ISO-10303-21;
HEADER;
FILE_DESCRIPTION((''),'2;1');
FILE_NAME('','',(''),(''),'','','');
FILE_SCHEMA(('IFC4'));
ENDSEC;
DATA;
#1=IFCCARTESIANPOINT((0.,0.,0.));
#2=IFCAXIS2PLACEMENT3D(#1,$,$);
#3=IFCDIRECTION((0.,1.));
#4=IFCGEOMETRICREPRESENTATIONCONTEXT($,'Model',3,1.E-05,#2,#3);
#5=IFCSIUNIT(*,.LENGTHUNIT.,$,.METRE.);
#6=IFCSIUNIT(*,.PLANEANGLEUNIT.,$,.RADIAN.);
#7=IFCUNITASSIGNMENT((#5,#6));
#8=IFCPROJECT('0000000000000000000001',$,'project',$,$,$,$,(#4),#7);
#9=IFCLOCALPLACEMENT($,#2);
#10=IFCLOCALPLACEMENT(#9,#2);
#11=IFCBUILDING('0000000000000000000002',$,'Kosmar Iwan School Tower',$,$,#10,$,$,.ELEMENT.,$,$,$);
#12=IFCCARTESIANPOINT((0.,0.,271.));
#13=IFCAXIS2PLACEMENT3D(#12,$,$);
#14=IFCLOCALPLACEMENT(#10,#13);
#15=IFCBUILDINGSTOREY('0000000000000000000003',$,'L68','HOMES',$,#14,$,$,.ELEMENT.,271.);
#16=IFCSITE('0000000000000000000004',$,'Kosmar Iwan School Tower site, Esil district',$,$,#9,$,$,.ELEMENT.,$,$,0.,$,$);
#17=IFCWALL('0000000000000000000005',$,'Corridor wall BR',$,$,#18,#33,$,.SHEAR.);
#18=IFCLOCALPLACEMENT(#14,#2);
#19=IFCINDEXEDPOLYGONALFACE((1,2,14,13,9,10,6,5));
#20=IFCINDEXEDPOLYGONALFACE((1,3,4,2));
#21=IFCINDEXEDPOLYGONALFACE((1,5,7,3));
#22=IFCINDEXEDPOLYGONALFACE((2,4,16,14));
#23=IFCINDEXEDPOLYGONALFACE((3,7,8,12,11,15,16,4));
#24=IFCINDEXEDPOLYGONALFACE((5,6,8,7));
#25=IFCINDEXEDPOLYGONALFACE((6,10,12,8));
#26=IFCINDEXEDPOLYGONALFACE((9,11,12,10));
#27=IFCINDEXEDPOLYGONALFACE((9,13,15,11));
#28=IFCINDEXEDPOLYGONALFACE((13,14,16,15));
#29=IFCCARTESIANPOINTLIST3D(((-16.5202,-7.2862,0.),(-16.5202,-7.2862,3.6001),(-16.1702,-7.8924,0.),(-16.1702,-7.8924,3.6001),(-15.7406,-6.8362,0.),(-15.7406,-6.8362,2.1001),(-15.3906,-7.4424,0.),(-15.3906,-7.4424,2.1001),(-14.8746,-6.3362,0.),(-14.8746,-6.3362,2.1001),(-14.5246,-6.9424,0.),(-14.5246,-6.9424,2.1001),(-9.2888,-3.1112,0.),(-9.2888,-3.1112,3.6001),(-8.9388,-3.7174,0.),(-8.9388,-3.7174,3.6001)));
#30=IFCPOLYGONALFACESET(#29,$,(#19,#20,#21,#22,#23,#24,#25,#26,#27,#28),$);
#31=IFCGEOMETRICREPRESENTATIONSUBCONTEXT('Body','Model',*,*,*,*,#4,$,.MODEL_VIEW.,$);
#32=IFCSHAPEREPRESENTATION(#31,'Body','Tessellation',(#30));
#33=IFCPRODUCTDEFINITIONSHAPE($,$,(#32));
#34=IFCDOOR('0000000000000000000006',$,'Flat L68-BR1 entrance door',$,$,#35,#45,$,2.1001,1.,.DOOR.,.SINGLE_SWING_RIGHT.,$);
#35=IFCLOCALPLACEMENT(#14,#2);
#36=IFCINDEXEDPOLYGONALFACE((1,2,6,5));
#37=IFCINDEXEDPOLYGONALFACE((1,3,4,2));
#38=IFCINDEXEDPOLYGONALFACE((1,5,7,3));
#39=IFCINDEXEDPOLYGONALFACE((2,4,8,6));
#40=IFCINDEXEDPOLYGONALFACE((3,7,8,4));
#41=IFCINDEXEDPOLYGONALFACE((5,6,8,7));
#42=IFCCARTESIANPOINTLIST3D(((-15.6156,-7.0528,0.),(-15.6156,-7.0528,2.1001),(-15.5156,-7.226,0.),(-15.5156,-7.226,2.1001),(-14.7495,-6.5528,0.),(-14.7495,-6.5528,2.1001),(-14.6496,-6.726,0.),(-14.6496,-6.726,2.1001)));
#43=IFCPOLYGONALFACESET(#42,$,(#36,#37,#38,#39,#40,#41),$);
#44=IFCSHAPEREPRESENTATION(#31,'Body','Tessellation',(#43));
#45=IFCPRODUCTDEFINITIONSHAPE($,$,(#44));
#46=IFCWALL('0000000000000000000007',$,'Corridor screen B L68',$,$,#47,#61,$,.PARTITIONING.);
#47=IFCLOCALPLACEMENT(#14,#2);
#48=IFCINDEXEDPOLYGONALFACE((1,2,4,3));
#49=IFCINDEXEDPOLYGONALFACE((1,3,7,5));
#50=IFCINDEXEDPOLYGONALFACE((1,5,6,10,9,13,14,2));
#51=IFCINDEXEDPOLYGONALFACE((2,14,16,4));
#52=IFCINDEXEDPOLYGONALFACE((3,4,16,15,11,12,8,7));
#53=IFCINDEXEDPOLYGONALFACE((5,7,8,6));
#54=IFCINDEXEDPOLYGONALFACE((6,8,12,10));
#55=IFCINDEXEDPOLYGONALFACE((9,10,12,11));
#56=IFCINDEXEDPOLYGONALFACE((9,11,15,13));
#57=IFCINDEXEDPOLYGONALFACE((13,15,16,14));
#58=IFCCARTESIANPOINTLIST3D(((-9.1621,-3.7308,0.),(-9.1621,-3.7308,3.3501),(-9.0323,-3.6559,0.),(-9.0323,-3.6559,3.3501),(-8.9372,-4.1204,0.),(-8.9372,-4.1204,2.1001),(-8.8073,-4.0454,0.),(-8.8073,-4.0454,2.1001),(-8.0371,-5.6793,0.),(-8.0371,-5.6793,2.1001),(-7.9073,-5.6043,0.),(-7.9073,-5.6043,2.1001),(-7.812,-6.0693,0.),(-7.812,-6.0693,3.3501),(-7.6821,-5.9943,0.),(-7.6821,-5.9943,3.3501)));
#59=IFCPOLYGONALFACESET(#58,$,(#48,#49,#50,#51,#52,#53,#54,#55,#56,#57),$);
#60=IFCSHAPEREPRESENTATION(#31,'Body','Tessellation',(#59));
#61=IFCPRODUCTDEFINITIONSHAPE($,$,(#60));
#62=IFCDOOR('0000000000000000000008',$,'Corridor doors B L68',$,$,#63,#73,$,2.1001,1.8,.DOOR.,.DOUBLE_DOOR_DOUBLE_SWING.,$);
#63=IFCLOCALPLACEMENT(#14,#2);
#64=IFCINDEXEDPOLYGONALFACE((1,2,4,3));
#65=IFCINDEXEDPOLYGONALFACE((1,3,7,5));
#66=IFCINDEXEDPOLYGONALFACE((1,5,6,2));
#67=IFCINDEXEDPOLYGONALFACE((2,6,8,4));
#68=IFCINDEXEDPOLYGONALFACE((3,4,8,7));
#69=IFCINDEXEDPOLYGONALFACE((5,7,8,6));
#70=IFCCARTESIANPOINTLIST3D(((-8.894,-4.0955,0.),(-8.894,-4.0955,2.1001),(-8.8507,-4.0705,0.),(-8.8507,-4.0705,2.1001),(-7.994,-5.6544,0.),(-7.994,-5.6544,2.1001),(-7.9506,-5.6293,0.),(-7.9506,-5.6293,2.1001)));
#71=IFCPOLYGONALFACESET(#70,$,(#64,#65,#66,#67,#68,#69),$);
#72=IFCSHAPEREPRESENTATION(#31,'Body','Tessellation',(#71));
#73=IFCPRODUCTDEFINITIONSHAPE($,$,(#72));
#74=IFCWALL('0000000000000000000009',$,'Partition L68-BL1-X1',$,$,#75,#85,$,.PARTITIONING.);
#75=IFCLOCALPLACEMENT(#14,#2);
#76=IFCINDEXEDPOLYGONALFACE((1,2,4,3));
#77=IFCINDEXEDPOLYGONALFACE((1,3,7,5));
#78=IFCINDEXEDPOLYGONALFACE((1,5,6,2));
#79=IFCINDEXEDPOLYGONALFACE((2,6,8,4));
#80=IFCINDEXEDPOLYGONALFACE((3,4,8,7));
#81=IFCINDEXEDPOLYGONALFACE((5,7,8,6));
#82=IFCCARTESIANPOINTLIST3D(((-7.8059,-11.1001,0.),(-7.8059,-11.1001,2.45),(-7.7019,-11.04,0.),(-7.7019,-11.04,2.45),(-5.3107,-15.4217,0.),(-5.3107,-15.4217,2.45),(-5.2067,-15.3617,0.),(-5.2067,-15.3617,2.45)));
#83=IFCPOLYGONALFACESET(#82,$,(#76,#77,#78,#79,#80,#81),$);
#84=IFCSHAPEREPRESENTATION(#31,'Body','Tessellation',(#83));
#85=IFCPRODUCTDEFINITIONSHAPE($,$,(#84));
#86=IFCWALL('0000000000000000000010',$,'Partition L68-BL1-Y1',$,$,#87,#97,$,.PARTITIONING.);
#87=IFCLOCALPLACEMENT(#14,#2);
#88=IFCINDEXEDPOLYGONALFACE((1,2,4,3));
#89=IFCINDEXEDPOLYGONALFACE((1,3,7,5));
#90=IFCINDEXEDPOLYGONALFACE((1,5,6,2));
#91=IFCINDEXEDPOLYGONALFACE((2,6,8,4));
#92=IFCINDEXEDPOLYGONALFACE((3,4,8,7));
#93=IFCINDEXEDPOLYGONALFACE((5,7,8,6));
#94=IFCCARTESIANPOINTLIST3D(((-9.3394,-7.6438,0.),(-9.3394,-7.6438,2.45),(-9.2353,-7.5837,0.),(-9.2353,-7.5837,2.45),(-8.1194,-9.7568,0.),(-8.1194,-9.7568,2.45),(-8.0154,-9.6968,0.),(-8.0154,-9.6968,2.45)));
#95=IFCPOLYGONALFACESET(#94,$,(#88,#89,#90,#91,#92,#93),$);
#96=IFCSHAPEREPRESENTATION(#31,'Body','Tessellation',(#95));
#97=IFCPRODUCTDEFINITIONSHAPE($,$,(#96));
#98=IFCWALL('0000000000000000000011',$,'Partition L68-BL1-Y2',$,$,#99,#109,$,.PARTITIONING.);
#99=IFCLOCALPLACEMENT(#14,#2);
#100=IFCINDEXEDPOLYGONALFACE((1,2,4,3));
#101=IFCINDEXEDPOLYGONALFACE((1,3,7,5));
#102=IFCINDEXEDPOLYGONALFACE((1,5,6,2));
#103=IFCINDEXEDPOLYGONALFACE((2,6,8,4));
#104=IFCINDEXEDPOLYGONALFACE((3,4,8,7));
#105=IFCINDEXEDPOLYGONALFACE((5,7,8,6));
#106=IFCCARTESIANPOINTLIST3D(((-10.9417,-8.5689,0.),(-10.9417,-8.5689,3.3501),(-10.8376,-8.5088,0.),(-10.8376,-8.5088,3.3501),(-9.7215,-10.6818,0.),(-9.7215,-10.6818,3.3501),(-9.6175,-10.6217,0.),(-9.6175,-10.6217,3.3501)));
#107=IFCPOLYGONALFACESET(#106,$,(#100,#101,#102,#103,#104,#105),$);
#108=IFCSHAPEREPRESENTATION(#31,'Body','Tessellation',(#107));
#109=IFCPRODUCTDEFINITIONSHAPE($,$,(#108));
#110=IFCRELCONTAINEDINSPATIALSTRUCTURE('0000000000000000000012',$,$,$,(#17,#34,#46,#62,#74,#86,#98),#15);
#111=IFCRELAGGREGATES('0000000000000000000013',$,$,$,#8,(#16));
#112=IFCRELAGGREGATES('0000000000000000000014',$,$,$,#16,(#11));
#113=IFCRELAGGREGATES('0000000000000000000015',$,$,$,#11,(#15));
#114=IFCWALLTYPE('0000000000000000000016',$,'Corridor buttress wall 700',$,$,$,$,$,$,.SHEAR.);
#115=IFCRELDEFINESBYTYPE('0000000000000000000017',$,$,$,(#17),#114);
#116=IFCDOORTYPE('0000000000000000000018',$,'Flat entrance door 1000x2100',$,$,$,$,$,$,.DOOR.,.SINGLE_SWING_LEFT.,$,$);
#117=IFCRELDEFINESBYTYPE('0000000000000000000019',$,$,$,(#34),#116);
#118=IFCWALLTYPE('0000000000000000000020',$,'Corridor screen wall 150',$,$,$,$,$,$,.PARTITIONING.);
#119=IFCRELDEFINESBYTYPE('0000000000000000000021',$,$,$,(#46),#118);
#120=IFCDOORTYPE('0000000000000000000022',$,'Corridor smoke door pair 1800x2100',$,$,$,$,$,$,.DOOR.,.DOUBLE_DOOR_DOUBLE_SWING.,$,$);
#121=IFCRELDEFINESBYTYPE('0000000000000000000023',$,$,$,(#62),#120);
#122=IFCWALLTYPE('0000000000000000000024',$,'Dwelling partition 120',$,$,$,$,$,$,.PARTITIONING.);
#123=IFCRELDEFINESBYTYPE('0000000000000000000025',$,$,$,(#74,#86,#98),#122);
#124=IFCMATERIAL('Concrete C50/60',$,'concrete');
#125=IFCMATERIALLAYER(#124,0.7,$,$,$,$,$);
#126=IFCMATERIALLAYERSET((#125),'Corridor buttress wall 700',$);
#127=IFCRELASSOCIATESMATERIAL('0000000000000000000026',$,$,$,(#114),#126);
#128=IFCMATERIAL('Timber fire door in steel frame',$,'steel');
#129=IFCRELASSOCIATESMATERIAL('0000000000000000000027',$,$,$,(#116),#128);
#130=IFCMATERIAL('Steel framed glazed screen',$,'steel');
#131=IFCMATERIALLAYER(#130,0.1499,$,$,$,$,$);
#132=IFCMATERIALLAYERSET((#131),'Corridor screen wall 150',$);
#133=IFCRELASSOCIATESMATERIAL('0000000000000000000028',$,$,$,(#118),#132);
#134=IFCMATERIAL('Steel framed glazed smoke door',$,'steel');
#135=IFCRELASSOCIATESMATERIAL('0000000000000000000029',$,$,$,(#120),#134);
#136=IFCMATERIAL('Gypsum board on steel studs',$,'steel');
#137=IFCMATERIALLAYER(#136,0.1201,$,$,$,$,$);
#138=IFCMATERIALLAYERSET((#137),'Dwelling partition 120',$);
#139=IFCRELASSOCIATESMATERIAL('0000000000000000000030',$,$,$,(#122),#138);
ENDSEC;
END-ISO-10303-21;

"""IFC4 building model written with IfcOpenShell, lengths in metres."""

from ifc_helpers import new_model, si_unit, direction, frame, frame_2d, origin, place, context, subcontext, project, spatial, rectangle, extrude, material, layer, layer_set, type_object, element, fill, save


model = new_model("IFC4")

# Units and contexts
model_context = context("Model", 3, precision=1e-05, world=origin(), true_north=direction((0.0, 1.0)))
body_context = subcontext(model_context, "Body", "Model", "MODEL_VIEW")
ifc_project = project(units=[si_unit("LENGTHUNIT", "METRE"), si_unit("PLANEANGLEUNIT", "RADIAN")], contexts=[model_context])

# Site, building, storey
site_placement = place(None, origin())
site = spatial("IfcSite", under=ifc_project, at=site_placement, Name="Kosmar Iwan School Tower site, Esil district", CompositionType="ELEMENT", RefElevation=0.0)
building_placement = place(site_placement, origin())
building = spatial("IfcBuilding", under=site, at=building_placement, Name="Kosmar Iwan School Tower", CompositionType="ELEMENT")
storey_placement = place(building_placement, frame((0.0, 0.0, 271.0)))
storey = spatial("IfcBuildingStorey", under=building, at=storey_placement, Name="L68", Description="HOMES", CompositionType="ELEMENT", Elevation=271.0)

# Walls, openings, doors
ifc_material_1 = material(Name="Concrete C50/60", Category="concrete")
ifc_layer_1 = layer(ifc_material_1, 0.7)
ifc_layer_set_1 = layer_set([ifc_layer_1], Name="Corridor buttress wall 700")
wall_type_1 = type_object("IfcWallType", Name="Corridor buttress wall 700", PredefinedType="SHEAR", material=ifc_layer_set_1)
wall_1_placement = place(storey_placement, frame((-9.1138, -3.4143, 0.0), z_axis=(0.0, 0.0, 1.0), x_axis=(-0.866027, -0.499997, 0.0)))
wall_1 = element("IfcWall", 1, at=wall_1_placement, inside=storey, type_object=wall_type_1, Name="Corridor wall BR", PredefinedType="SHEAR", context=body_context, shape_type="SweptSolid", body=[
    extrude(rectangle(XDim=8.3501, YDim=0.7, at=frame_2d((4.175, 0.0))), origin(), (0.0, 0.0, 1.0), 3.6001),
])
opening_1_placement = place(wall_1_placement, frame((6.45, 0.0, 0.0)))
opening_1 = element("IfcOpeningElement", 2, at=opening_1_placement, cuts=wall_1, PredefinedType="OPENING", context=body_context, shape_type="SweptSolid", body=[
    extrude(rectangle(XDim=1.0, YDim=2.1001, at=frame_2d((0.5, 1.05))), frame((0.0, 0.3621, 0.0), z_axis=(0.0, -1.0, 0.0), x_axis=(1.0, 0.0, 0.0)), (0.0, 0.0, 1.0), 0.7239),
])
ifc_material_2 = material(Name="Timber fire door in steel frame", Category="steel")
door_type_1 = type_object("IfcDoorType", Name="Flat entrance door 1000x2100", OperationType="SINGLE_SWING_LEFT", PredefinedType="DOOR", material=ifc_material_2)
door_1_placement = place(opening_1_placement, origin())
door_1 = element("IfcDoor", 3, at=door_1_placement, inside=storey, type_object=door_type_1, Name="Flat L68-BR1 entrance door", OperationType="SINGLE_SWING_RIGHT", OverallHeight=2.1001, OverallWidth=1.0, PredefinedType="DOOR", context=body_context, shape_type="SweptSolid", body=[
    extrude(rectangle(XDim=1.0, YDim=2.1001, at=frame_2d((0.5, 1.05))), frame((0.0, 0.1001, 0.0), z_axis=(0.0, -1.0, 0.0), x_axis=(1.0, 0.0, 0.0)), (0.0, 0.0, 1.0), 0.2),
])
fill(opening_1, door_1)
ifc_material_3 = material(Name="Steel framed glazed screen", Category="steel")
ifc_layer_2 = layer(ifc_material_3, 0.1499)
ifc_layer_set_2 = layer_set([ifc_layer_2], Name="Corridor screen wall 150")
wall_type_2 = type_object("IfcWallType", Name="Corridor screen wall 150", PredefinedType="PARTITIONING", material=ifc_layer_set_2)
wall_2_placement = place(storey_placement, frame((-9.0972, -3.6934, 0.0), z_axis=(0.0, 0.0, 1.0), x_axis=(0.500009, -0.86602, 0.0)))
wall_2 = element("IfcWall", 4, at=wall_2_placement, inside=storey, type_object=wall_type_2, Name="Corridor screen B L68", PredefinedType="PARTITIONING", context=body_context, shape_type="SweptSolid", body=[
    extrude(rectangle(XDim=2.7002, YDim=0.1499, at=frame_2d((1.3501, 0.0))), origin(), (0.0, 0.0, 1.0), 3.3501),
])
opening_2_placement = place(wall_2_placement, frame((0.45, 0.0, 0.0)))
opening_2 = element("IfcOpeningElement", 5, at=opening_2_placement, cuts=wall_2, PredefinedType="OPENING", context=body_context, shape_type="SweptSolid", body=[
    extrude(rectangle(XDim=1.8, YDim=2.1001, at=frame_2d((0.8999, 1.05))), frame((0.0, 0.0869, 0.0), z_axis=(0.0, -1.0, 0.0), x_axis=(1.0, 0.0, 0.0)), (0.0, 0.0, 1.0), 0.1738),
])
ifc_material_4 = material(Name="Steel framed glazed smoke door", Category="steel")
door_type_2 = type_object("IfcDoorType", Name="Corridor smoke door pair 1800x2100", OperationType="DOUBLE_DOOR_DOUBLE_SWING", PredefinedType="DOOR", material=ifc_material_4)
door_2_placement = place(opening_2_placement, origin())
door_2 = element("IfcDoor", 6, at=door_2_placement, inside=storey, type_object=door_type_2, Name="Corridor doors B L68", OperationType="DOUBLE_DOOR_DOUBLE_SWING", OverallHeight=2.1001, OverallWidth=1.8, PredefinedType="DOOR", context=body_context, shape_type="SweptSolid", body=[
    extrude(rectangle(XDim=1.8, YDim=2.1001, at=frame_2d((0.8999, 1.05))), frame((0.0, 0.0249, 0.0), z_axis=(0.0, -1.0, 0.0), x_axis=(1.0, 0.0, 0.0)), (0.0, 0.0, 1.0), 0.05),
])
fill(opening_2, door_2)

# Walls
ifc_material_5 = material(Name="Gypsum board on steel studs", Category="steel")
ifc_layer_3 = layer(ifc_material_5, 0.1201)
ifc_layer_set_3 = layer_set([ifc_layer_3], Name="Dwelling partition 120")
wall_type_3 = type_object("IfcWallType", Name="Dwelling partition 120", PredefinedType="PARTITIONING", material=ifc_layer_set_3)
wall_3_placement = place(storey_placement, frame((-7.7539, -11.0701, 0.0), z_axis=(0.0, 0.0, 1.0), x_axis=(0.500012, -0.866019, 0.0)))
element("IfcWall", 7, at=wall_3_placement, inside=storey, type_object=wall_type_3, Name="Partition L68-BL1-X1", PredefinedType="PARTITIONING", context=body_context, shape_type="SweptSolid", body=[
    extrude(rectangle(XDim=4.9902, YDim=0.1201, at=frame_2d((2.4951, 0.0))), origin(), (0.0, 0.0, 1.0), 2.45),
])
wall_4_placement = place(storey_placement, frame((-9.2874, -7.6138, 0.0), z_axis=(0.0, 0.0, 1.0), x_axis=(0.500003, -0.866024, 0.0)))
element("IfcWall", 8, at=wall_4_placement, inside=storey, type_object=wall_type_3, Name="Partition L68-BL1-Y1", PredefinedType="PARTITIONING", context=body_context, shape_type="SweptSolid", body=[
    extrude(rectangle(XDim=2.4399, YDim=0.1201, at=frame_2d((1.22, 0.0))), origin(), (0.0, 0.0, 1.0), 2.45),
])
wall_5_placement = place(storey_placement, frame((-10.8896, -8.5388, 0.0), z_axis=(0.0, 0.0, 1.0), x_axis=(0.500078, -0.865981, 0.0)))
element("IfcWall", 9, at=wall_5_placement, inside=storey, type_object=wall_type_3, Name="Partition L68-BL1-Y2", PredefinedType="PARTITIONING", context=body_context, shape_type="SweptSolid", body=[
    extrude(rectangle(XDim=2.4399, YDim=0.1201, at=frame_2d((1.22, 0.0))), origin(), (0.0, 0.0, 1.0), 3.3501),
])

save(model, "model.ifc")
